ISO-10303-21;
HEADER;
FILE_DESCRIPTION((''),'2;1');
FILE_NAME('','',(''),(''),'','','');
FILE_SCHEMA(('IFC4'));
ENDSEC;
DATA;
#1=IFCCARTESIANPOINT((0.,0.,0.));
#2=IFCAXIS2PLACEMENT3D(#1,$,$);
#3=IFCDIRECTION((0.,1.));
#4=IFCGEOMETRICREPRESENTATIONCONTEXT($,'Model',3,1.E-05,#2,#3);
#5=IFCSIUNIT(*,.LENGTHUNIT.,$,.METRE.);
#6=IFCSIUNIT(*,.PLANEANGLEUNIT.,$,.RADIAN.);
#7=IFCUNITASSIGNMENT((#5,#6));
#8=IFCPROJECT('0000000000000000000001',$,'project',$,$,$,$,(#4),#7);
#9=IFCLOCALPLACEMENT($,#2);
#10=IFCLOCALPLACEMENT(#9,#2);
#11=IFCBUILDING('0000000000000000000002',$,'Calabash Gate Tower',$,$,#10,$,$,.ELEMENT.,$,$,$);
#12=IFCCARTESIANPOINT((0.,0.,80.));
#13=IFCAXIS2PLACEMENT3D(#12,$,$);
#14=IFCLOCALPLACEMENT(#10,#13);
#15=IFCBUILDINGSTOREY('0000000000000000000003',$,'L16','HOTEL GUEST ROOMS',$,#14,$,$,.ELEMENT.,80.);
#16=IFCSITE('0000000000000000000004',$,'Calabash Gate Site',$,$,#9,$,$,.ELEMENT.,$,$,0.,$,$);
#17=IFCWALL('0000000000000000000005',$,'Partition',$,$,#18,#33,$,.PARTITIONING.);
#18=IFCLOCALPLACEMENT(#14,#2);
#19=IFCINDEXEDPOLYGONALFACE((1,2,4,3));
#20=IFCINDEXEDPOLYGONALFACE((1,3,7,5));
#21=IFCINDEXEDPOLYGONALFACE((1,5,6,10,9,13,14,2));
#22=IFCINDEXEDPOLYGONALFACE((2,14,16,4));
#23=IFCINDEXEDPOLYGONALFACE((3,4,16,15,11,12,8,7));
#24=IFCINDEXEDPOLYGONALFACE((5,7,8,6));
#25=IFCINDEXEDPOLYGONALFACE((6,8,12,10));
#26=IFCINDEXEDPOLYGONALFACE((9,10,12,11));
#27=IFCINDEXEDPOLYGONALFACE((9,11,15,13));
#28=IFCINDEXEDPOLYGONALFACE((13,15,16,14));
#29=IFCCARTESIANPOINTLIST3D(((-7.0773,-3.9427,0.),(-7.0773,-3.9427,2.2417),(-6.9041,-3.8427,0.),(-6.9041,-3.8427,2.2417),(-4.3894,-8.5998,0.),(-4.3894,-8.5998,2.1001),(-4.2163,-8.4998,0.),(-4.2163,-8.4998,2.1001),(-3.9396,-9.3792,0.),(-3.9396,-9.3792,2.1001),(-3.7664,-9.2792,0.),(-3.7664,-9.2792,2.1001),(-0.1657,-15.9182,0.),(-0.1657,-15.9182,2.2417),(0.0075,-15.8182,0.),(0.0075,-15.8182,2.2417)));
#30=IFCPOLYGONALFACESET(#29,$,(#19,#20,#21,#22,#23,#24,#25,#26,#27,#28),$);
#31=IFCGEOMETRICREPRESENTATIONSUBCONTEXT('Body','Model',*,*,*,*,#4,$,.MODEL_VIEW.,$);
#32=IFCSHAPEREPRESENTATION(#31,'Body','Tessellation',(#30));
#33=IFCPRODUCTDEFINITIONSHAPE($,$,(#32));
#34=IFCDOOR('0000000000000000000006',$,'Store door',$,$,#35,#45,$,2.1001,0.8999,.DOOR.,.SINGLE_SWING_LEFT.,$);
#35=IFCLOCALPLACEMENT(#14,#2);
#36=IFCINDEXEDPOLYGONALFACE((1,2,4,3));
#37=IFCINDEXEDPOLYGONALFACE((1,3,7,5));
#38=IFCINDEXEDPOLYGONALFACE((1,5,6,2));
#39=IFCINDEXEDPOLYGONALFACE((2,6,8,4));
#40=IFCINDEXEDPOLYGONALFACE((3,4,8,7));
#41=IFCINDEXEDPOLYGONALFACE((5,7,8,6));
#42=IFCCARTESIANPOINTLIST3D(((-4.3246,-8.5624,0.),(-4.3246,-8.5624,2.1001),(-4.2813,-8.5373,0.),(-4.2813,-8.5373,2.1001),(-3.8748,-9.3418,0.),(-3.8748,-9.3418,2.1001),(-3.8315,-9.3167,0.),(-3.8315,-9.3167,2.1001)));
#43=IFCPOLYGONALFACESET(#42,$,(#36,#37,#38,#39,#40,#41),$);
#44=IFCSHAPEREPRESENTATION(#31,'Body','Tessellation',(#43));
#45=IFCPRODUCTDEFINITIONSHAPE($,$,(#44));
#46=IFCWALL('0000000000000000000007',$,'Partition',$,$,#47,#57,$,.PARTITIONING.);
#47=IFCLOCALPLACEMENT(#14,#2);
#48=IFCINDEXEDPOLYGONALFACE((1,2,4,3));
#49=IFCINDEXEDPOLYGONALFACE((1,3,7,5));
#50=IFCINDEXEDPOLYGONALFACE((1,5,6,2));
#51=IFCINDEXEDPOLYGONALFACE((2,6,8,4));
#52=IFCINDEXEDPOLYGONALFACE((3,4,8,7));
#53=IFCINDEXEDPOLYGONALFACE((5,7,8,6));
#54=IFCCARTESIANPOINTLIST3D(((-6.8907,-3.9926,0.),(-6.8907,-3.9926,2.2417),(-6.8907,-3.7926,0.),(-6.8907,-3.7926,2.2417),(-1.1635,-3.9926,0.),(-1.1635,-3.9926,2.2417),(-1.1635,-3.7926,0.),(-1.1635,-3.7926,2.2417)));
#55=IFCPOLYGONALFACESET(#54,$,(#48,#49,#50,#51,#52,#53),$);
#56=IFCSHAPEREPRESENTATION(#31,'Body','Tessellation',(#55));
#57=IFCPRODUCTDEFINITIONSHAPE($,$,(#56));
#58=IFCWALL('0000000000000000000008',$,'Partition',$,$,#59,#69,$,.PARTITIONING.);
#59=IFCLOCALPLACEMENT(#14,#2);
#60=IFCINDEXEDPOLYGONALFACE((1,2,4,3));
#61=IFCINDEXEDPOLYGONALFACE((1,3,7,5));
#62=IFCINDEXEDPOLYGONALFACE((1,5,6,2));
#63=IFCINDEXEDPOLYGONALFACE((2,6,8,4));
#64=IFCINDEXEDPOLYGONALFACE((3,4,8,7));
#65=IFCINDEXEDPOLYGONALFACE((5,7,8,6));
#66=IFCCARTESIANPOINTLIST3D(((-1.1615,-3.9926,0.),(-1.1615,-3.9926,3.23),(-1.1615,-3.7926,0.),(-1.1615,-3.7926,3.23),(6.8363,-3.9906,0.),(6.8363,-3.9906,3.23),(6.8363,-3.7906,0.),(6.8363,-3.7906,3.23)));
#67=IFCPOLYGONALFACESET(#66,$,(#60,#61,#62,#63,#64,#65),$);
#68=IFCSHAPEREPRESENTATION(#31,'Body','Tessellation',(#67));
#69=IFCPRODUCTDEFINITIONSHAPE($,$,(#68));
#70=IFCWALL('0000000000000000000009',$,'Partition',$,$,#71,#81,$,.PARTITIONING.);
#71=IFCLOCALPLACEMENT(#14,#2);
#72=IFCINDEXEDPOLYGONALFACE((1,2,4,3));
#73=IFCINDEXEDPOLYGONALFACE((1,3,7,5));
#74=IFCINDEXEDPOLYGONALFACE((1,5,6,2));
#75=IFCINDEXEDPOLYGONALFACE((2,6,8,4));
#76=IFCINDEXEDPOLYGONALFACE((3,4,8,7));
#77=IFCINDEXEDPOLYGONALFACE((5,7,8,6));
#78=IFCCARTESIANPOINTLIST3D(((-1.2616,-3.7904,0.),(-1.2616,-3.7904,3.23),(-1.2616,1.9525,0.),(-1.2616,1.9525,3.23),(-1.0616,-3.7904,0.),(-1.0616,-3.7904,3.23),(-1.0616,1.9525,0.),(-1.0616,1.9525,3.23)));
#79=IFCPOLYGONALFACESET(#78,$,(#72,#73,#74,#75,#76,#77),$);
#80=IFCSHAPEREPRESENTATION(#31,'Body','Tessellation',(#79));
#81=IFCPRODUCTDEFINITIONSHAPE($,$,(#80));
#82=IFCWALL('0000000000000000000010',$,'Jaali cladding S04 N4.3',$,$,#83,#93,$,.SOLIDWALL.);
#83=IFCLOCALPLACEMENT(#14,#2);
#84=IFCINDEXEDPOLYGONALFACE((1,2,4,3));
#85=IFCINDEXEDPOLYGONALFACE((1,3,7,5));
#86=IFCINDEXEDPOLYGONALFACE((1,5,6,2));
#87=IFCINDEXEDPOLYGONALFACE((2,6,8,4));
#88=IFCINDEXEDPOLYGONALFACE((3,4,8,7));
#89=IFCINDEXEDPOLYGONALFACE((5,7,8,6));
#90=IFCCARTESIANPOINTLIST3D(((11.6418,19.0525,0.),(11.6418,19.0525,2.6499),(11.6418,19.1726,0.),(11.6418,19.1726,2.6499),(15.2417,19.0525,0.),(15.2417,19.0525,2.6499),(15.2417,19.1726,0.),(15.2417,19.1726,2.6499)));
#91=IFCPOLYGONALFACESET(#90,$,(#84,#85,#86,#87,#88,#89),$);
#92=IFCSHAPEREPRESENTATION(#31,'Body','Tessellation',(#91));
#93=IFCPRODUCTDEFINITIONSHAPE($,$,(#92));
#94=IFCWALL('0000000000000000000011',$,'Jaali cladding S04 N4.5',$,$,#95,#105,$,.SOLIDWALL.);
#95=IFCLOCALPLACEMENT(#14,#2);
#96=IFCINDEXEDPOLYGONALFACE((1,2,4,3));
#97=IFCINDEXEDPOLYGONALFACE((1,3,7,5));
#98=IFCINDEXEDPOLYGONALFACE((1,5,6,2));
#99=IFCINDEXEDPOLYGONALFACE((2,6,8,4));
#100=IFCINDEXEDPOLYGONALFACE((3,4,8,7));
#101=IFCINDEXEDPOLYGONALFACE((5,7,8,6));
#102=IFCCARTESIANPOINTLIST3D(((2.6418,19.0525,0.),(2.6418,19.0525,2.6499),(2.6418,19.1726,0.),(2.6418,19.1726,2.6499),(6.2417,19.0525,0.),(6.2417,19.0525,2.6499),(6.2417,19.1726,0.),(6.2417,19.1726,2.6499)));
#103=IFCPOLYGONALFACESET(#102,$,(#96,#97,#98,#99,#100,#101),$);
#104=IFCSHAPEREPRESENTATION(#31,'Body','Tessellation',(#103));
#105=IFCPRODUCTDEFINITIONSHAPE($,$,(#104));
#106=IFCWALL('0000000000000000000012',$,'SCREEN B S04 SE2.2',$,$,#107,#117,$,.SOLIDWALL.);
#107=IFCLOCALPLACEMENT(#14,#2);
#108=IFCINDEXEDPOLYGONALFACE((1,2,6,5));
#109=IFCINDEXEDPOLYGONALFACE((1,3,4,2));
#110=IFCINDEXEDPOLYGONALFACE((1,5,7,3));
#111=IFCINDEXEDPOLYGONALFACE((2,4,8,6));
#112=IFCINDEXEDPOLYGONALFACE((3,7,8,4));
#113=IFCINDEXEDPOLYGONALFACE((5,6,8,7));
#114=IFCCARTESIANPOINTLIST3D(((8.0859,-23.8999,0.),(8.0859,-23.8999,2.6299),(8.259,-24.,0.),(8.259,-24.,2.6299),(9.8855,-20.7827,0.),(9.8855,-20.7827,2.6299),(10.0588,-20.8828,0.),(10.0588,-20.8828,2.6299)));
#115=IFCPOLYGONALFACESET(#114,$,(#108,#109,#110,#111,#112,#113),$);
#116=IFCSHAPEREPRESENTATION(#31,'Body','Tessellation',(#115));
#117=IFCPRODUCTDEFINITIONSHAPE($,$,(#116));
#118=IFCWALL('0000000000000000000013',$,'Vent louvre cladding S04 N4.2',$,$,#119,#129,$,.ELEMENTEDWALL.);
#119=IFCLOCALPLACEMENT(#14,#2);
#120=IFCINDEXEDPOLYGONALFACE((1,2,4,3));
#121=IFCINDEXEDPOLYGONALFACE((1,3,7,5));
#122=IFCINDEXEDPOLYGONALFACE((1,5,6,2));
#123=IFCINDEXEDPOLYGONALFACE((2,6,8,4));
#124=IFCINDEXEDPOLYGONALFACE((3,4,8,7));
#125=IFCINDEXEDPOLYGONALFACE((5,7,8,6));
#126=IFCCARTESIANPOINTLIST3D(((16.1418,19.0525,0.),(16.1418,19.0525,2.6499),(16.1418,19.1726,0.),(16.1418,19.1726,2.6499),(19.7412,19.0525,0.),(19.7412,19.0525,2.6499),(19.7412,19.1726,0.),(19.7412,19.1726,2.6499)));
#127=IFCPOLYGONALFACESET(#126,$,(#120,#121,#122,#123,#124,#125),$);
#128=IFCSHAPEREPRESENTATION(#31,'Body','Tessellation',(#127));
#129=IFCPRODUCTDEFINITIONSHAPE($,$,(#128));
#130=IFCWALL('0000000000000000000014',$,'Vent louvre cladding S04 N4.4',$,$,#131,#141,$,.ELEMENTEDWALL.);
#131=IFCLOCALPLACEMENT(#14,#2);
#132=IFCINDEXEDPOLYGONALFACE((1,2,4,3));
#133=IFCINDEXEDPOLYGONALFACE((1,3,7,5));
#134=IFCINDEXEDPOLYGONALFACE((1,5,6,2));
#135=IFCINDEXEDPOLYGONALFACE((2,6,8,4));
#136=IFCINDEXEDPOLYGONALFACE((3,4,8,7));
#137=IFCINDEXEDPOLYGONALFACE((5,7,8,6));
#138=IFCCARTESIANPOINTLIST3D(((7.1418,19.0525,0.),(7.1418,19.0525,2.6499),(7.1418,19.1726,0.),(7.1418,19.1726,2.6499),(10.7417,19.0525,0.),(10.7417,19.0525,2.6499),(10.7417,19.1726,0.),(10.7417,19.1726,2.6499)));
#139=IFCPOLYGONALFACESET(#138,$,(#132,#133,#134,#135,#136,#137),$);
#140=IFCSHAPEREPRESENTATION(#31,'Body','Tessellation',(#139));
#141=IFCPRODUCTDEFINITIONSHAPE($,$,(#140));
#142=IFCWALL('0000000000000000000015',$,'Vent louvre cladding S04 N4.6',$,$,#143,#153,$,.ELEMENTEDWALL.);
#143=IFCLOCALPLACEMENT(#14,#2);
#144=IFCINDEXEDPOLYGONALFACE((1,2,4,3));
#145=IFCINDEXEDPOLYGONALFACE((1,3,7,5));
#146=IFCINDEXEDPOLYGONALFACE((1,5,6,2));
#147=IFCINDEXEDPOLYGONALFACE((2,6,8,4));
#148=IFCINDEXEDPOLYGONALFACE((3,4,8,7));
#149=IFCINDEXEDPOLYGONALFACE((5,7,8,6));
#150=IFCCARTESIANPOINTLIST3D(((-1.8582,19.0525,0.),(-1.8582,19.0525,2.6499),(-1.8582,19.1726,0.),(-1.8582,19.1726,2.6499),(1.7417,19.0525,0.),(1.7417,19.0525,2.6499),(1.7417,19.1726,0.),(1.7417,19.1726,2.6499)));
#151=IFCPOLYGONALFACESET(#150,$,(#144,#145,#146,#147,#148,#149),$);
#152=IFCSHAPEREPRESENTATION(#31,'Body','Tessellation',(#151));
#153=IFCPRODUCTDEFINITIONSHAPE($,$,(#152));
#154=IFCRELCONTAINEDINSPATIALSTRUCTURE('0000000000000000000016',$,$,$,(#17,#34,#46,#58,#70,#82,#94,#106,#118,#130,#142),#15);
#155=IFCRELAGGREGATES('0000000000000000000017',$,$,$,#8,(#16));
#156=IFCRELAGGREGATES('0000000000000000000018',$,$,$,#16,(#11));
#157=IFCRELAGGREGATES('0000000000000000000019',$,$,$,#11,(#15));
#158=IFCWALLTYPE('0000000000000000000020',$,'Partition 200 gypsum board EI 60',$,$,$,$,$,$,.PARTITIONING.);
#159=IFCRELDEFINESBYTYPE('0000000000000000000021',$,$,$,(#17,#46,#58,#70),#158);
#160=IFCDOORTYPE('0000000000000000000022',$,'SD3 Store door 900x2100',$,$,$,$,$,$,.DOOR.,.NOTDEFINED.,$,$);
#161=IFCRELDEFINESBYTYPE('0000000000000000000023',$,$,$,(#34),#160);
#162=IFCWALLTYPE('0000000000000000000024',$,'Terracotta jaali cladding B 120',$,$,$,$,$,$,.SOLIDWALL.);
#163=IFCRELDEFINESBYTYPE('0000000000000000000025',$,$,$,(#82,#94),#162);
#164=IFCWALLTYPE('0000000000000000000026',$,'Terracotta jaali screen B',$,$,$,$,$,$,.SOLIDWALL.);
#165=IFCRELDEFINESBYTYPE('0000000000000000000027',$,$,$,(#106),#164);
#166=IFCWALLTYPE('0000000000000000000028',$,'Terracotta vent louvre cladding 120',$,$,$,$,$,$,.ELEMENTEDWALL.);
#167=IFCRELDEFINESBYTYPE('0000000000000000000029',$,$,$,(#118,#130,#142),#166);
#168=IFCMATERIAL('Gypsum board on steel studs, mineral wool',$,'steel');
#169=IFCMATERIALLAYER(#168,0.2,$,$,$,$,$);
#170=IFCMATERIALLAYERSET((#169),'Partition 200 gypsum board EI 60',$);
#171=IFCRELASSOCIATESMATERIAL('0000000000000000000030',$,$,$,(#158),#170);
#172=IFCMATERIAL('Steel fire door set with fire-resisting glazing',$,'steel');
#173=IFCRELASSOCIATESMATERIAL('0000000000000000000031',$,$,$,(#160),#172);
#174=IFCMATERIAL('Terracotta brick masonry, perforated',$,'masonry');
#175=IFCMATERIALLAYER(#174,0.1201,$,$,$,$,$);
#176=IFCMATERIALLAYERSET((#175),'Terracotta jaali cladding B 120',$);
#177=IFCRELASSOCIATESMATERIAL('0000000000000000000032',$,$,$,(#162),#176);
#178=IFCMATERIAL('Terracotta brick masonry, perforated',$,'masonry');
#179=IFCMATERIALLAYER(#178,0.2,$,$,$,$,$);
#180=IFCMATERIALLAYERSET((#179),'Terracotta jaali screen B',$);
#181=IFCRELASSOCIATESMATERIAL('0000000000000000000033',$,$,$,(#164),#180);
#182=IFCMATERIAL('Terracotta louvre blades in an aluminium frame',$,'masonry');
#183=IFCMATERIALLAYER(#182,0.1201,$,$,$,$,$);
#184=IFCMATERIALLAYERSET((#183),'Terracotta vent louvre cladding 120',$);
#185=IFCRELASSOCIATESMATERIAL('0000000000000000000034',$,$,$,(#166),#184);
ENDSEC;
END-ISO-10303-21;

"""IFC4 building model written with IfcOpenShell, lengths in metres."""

from ifc_helpers import new_model, si_unit, direction, frame, frame_2d, origin, place, context, subcontext, project, spatial, polyline, rectangle, outline, extrude, material, layer, layer_set, type_object, element, fill, save


model = new_model("IFC4")

# Units and contexts
model_context = context("Model", 3, precision=1e-05, world=origin(), true_north=direction((0.0, 1.0)))
body_context = subcontext(model_context, "Body", "Model", "MODEL_VIEW")
ifc_project = project(units=[si_unit("LENGTHUNIT", "METRE"), si_unit("PLANEANGLEUNIT", "RADIAN")], contexts=[model_context])

# Site, building, storey
site_placement = place(None, origin())
site = spatial("IfcSite", under=ifc_project, at=site_placement, Name="Calabash Gate Site", CompositionType="ELEMENT", RefElevation=0.0)
building_placement = place(site_placement, origin())
building = spatial("IfcBuilding", under=site, at=building_placement, Name="Calabash Gate Tower", CompositionType="ELEMENT")
storey_placement = place(building_placement, frame((0.0, 0.0, 80.0)))
storey = spatial("IfcBuildingStorey", under=building, at=storey_placement, Name="L16", Description="HOTEL GUEST ROOMS", CompositionType="ELEMENT", Elevation=80.0)

# Shared definitions
ifc_material_1 = material(Name="Gypsum board on steel studs, mineral wool", Category="steel")
ifc_layer_1 = layer(ifc_material_1, 0.2)
ifc_layer_set_1 = layer_set([ifc_layer_1], Name="Partition 200 gypsum board EI 60")
wall_type_1 = type_object("IfcWallType", Name="Partition 200 gypsum board EI 60", PredefinedType="PARTITIONING", material=ifc_layer_set_1)

# Wall, opening, door
wall_1_placement = place(storey_placement, frame((-6.9907, -3.8926, 0.0), z_axis=(0.0, 0.0, 1.0), x_axis=(0.499865, -0.866103, 0.0)))
wall_1 = element("IfcWall", 1, at=wall_1_placement, inside=storey, type_object=wall_type_1, Name="Partition", PredefinedType="PARTITIONING", context=body_context, shape_type="SweptSolid", body=[
    extrude(rectangle(XDim=13.8269, YDim=0.2, at=frame_2d((6.9136, 0.0))), origin(), (0.0, 0.0, 1.0), 2.2417),
])
opening_1_placement = place(wall_1_placement, frame((5.3772, 0.0, 0.0)))
opening_1 = element("IfcOpeningElement", 2, at=opening_1_placement, cuts=wall_1, PredefinedType="OPENING", context=body_context, shape_type="SweptSolid", body=[
    extrude(rectangle(XDim=0.8999, YDim=2.1001, at=frame_2d((0.45, 1.05))), frame((0.0, 0.1099, 0.0), z_axis=(0.0, -1.0, 0.0), x_axis=(1.0, 0.0, 0.0)), (0.0, 0.0, 1.0), 0.22),
])
ifc_material_2 = material(Name="Steel fire door set with fire-resisting glazing", Category="steel")
door_type_1 = type_object("IfcDoorType", Name="SD3 Store door 900x2100", OperationType="NOTDEFINED", PredefinedType="DOOR", material=ifc_material_2)
door_1_placement = place(opening_1_placement, origin())
door_1 = element("IfcDoor", 3, at=door_1_placement, inside=storey, type_object=door_type_1, Name="Store door", OperationType="SINGLE_SWING_LEFT", OverallHeight=2.1001, OverallWidth=0.8999, PredefinedType="DOOR", context=body_context, shape_type="SweptSolid", body=[
    extrude(rectangle(XDim=0.8999, YDim=2.1001, at=frame_2d((0.45, 1.05))), frame((0.0, 0.0249, 0.0), z_axis=(0.0, -1.0, 0.0), x_axis=(1.0, 0.0, 0.0)), (0.0, 0.0, 1.0), 0.05),
])
fill(opening_1, door_1)

# Walls
wall_2_placement = place(storey_placement, frame((-6.8909, -3.8926, 0.0), z_axis=(0.0, 0.0, 1.0), x_axis=(1.0, 0.0, 0.0)))
element("IfcWall", 4, at=wall_2_placement, inside=storey, type_object=wall_type_1, Name="Partition", PredefinedType="PARTITIONING", context=body_context, shape_type="SweptSolid", body=[
    extrude(rectangle(XDim=5.7273, YDim=0.2, at=frame_2d((2.8638, 0.0))), origin(), (0.0, 0.0, 1.0), 2.2417),
])
wall_3_placement = place(storey_placement, frame((-1.1616, -3.8926, 0.0), z_axis=(0.0, 0.0, 1.0), x_axis=(1.0, 0.000244, 0.0)))
element("IfcWall", 5, at=wall_3_placement, inside=storey, type_object=wall_type_1, Name="Partition", PredefinedType="PARTITIONING", context=body_context, shape_type="SweptSolid", body=[
    extrude(rectangle(XDim=7.9978, YDim=0.2, at=frame_2d((3.999, 0.0))), origin(), (0.0, 0.0, 1.0), 3.23),
])
wall_4_placement = place(storey_placement, frame((-1.1616, -3.7905, 0.0), z_axis=(0.0, 0.0, 1.0), x_axis=(0.0, 1.0, 0.0)))
element("IfcWall", 6, at=wall_4_placement, inside=storey, type_object=wall_type_1, Name="Partition", PredefinedType="PARTITIONING", context=body_context, shape_type="SweptSolid", body=[
    extrude(rectangle(XDim=5.7429, YDim=0.2, at=frame_2d((2.8716, 0.0))), origin(), (0.0, 0.0, 1.0), 3.23),
])
ifc_material_3 = material(Name="Terracotta brick masonry, perforated", Category="masonry")
ifc_layer_2 = layer(ifc_material_3, 0.1201)
ifc_layer_set_2 = layer_set([ifc_layer_2], Name="Terracotta jaali cladding B 120")
wall_type_2 = type_object("IfcWallType", Name="Terracotta jaali cladding B 120", PredefinedType="SOLIDWALL", material=ifc_layer_set_2)
wall_5_placement = place(storey_placement, origin())
element("IfcWall", 7, at=wall_5_placement, inside=storey, type_object=wall_type_2, Name="Jaali cladding S04 N4.3", PredefinedType="SOLIDWALL", context=body_context, shape_type="SweptSolid", body=[
    extrude(outline(polyline([(11.6418, 19.1726), (11.6418, 19.0525), (15.2417, 19.0525), (15.2417, 19.1726), (11.6418, 19.1726)])), origin(), (0.0, 0.0, 1.0), 2.6499),
])
wall_6_placement = place(storey_placement, origin())
element("IfcWall", 8, at=wall_6_placement, inside=storey, type_object=wall_type_2, Name="Jaali cladding S04 N4.5", PredefinedType="SOLIDWALL", context=body_context, shape_type="SweptSolid", body=[
    extrude(outline(polyline([(2.6418, 19.1726), (2.6418, 19.0525), (6.2417, 19.0525), (6.2417, 19.1726), (2.6418, 19.1726)])), origin(), (0.0, 0.0, 1.0), 2.6499),
])
ifc_material_4 = material(Name="Terracotta brick masonry, perforated", Category="masonry")
ifc_layer_3 = layer(ifc_material_4, 0.2)
ifc_layer_set_3 = layer_set([ifc_layer_3], Name="Terracotta jaali screen B")
wall_type_3 = type_object("IfcWallType", Name="Terracotta jaali screen B", PredefinedType="SOLIDWALL", material=ifc_layer_set_3)
wall_7_placement = place(storey_placement, origin())
element("IfcWall", 9, at=wall_7_placement, inside=storey, type_object=wall_type_3, Name="SCREEN B S04 SE2.2", PredefinedType="SOLIDWALL", context=body_context, shape_type="SweptSolid", body=[
    extrude(outline(polyline([(8.259, -24.0), (10.0588, -20.8828), (9.8855, -20.7827), (8.0859, -23.8999), (8.259, -24.0)])), origin(), (0.0, 0.0, 1.0), 2.6299),
])
ifc_material_5 = material(Name="Terracotta louvre blades in an aluminium frame", Category="masonry")
ifc_layer_4 = layer(ifc_material_5, 0.1201)
ifc_layer_set_4 = layer_set([ifc_layer_4], Name="Terracotta vent louvre cladding 120")
wall_type_4 = type_object("IfcWallType", Name="Terracotta vent louvre cladding 120", PredefinedType="ELEMENTEDWALL", material=ifc_layer_set_4)
wall_8_placement = place(storey_placement, origin())
element("IfcWall", 10, at=wall_8_placement, inside=storey, type_object=wall_type_4, Name="Vent louvre cladding S04 N4.2", PredefinedType="ELEMENTEDWALL", context=body_context, shape_type="SweptSolid", body=[
    extrude(outline(polyline([(16.1418, 19.1726), (16.1418, 19.0525), (19.7412, 19.0525), (19.7412, 19.1726), (16.1418, 19.1726)])), origin(), (0.0, 0.0, 1.0), 2.6499),
])
wall_9_placement = place(storey_placement, origin())
element("IfcWall", 11, at=wall_9_placement, inside=storey, type_object=wall_type_4, Name="Vent louvre cladding S04 N4.4", PredefinedType="ELEMENTEDWALL", context=body_context, shape_type="SweptSolid", body=[
    extrude(outline(polyline([(7.1418, 19.1726), (7.1418, 19.0525), (10.7417, 19.0525), (10.7417, 19.1726), (7.1418, 19.1726)])), origin(), (0.0, 0.0, 1.0), 2.6499),
])
wall_10_placement = place(storey_placement, origin())
element("IfcWall", 12, at=wall_10_placement, inside=storey, type_object=wall_type_4, Name="Vent louvre cladding S04 N4.6", PredefinedType="ELEMENTEDWALL", context=body_context, shape_type="SweptSolid", body=[
    extrude(outline(polyline([(-1.8582, 19.1726), (-1.8582, 19.0525), (1.7417, 19.0525), (1.7417, 19.1726), (-1.8582, 19.1726)])), origin(), (0.0, 0.0, 1.0), 2.6499),
])

save(model, "model.ifc")
